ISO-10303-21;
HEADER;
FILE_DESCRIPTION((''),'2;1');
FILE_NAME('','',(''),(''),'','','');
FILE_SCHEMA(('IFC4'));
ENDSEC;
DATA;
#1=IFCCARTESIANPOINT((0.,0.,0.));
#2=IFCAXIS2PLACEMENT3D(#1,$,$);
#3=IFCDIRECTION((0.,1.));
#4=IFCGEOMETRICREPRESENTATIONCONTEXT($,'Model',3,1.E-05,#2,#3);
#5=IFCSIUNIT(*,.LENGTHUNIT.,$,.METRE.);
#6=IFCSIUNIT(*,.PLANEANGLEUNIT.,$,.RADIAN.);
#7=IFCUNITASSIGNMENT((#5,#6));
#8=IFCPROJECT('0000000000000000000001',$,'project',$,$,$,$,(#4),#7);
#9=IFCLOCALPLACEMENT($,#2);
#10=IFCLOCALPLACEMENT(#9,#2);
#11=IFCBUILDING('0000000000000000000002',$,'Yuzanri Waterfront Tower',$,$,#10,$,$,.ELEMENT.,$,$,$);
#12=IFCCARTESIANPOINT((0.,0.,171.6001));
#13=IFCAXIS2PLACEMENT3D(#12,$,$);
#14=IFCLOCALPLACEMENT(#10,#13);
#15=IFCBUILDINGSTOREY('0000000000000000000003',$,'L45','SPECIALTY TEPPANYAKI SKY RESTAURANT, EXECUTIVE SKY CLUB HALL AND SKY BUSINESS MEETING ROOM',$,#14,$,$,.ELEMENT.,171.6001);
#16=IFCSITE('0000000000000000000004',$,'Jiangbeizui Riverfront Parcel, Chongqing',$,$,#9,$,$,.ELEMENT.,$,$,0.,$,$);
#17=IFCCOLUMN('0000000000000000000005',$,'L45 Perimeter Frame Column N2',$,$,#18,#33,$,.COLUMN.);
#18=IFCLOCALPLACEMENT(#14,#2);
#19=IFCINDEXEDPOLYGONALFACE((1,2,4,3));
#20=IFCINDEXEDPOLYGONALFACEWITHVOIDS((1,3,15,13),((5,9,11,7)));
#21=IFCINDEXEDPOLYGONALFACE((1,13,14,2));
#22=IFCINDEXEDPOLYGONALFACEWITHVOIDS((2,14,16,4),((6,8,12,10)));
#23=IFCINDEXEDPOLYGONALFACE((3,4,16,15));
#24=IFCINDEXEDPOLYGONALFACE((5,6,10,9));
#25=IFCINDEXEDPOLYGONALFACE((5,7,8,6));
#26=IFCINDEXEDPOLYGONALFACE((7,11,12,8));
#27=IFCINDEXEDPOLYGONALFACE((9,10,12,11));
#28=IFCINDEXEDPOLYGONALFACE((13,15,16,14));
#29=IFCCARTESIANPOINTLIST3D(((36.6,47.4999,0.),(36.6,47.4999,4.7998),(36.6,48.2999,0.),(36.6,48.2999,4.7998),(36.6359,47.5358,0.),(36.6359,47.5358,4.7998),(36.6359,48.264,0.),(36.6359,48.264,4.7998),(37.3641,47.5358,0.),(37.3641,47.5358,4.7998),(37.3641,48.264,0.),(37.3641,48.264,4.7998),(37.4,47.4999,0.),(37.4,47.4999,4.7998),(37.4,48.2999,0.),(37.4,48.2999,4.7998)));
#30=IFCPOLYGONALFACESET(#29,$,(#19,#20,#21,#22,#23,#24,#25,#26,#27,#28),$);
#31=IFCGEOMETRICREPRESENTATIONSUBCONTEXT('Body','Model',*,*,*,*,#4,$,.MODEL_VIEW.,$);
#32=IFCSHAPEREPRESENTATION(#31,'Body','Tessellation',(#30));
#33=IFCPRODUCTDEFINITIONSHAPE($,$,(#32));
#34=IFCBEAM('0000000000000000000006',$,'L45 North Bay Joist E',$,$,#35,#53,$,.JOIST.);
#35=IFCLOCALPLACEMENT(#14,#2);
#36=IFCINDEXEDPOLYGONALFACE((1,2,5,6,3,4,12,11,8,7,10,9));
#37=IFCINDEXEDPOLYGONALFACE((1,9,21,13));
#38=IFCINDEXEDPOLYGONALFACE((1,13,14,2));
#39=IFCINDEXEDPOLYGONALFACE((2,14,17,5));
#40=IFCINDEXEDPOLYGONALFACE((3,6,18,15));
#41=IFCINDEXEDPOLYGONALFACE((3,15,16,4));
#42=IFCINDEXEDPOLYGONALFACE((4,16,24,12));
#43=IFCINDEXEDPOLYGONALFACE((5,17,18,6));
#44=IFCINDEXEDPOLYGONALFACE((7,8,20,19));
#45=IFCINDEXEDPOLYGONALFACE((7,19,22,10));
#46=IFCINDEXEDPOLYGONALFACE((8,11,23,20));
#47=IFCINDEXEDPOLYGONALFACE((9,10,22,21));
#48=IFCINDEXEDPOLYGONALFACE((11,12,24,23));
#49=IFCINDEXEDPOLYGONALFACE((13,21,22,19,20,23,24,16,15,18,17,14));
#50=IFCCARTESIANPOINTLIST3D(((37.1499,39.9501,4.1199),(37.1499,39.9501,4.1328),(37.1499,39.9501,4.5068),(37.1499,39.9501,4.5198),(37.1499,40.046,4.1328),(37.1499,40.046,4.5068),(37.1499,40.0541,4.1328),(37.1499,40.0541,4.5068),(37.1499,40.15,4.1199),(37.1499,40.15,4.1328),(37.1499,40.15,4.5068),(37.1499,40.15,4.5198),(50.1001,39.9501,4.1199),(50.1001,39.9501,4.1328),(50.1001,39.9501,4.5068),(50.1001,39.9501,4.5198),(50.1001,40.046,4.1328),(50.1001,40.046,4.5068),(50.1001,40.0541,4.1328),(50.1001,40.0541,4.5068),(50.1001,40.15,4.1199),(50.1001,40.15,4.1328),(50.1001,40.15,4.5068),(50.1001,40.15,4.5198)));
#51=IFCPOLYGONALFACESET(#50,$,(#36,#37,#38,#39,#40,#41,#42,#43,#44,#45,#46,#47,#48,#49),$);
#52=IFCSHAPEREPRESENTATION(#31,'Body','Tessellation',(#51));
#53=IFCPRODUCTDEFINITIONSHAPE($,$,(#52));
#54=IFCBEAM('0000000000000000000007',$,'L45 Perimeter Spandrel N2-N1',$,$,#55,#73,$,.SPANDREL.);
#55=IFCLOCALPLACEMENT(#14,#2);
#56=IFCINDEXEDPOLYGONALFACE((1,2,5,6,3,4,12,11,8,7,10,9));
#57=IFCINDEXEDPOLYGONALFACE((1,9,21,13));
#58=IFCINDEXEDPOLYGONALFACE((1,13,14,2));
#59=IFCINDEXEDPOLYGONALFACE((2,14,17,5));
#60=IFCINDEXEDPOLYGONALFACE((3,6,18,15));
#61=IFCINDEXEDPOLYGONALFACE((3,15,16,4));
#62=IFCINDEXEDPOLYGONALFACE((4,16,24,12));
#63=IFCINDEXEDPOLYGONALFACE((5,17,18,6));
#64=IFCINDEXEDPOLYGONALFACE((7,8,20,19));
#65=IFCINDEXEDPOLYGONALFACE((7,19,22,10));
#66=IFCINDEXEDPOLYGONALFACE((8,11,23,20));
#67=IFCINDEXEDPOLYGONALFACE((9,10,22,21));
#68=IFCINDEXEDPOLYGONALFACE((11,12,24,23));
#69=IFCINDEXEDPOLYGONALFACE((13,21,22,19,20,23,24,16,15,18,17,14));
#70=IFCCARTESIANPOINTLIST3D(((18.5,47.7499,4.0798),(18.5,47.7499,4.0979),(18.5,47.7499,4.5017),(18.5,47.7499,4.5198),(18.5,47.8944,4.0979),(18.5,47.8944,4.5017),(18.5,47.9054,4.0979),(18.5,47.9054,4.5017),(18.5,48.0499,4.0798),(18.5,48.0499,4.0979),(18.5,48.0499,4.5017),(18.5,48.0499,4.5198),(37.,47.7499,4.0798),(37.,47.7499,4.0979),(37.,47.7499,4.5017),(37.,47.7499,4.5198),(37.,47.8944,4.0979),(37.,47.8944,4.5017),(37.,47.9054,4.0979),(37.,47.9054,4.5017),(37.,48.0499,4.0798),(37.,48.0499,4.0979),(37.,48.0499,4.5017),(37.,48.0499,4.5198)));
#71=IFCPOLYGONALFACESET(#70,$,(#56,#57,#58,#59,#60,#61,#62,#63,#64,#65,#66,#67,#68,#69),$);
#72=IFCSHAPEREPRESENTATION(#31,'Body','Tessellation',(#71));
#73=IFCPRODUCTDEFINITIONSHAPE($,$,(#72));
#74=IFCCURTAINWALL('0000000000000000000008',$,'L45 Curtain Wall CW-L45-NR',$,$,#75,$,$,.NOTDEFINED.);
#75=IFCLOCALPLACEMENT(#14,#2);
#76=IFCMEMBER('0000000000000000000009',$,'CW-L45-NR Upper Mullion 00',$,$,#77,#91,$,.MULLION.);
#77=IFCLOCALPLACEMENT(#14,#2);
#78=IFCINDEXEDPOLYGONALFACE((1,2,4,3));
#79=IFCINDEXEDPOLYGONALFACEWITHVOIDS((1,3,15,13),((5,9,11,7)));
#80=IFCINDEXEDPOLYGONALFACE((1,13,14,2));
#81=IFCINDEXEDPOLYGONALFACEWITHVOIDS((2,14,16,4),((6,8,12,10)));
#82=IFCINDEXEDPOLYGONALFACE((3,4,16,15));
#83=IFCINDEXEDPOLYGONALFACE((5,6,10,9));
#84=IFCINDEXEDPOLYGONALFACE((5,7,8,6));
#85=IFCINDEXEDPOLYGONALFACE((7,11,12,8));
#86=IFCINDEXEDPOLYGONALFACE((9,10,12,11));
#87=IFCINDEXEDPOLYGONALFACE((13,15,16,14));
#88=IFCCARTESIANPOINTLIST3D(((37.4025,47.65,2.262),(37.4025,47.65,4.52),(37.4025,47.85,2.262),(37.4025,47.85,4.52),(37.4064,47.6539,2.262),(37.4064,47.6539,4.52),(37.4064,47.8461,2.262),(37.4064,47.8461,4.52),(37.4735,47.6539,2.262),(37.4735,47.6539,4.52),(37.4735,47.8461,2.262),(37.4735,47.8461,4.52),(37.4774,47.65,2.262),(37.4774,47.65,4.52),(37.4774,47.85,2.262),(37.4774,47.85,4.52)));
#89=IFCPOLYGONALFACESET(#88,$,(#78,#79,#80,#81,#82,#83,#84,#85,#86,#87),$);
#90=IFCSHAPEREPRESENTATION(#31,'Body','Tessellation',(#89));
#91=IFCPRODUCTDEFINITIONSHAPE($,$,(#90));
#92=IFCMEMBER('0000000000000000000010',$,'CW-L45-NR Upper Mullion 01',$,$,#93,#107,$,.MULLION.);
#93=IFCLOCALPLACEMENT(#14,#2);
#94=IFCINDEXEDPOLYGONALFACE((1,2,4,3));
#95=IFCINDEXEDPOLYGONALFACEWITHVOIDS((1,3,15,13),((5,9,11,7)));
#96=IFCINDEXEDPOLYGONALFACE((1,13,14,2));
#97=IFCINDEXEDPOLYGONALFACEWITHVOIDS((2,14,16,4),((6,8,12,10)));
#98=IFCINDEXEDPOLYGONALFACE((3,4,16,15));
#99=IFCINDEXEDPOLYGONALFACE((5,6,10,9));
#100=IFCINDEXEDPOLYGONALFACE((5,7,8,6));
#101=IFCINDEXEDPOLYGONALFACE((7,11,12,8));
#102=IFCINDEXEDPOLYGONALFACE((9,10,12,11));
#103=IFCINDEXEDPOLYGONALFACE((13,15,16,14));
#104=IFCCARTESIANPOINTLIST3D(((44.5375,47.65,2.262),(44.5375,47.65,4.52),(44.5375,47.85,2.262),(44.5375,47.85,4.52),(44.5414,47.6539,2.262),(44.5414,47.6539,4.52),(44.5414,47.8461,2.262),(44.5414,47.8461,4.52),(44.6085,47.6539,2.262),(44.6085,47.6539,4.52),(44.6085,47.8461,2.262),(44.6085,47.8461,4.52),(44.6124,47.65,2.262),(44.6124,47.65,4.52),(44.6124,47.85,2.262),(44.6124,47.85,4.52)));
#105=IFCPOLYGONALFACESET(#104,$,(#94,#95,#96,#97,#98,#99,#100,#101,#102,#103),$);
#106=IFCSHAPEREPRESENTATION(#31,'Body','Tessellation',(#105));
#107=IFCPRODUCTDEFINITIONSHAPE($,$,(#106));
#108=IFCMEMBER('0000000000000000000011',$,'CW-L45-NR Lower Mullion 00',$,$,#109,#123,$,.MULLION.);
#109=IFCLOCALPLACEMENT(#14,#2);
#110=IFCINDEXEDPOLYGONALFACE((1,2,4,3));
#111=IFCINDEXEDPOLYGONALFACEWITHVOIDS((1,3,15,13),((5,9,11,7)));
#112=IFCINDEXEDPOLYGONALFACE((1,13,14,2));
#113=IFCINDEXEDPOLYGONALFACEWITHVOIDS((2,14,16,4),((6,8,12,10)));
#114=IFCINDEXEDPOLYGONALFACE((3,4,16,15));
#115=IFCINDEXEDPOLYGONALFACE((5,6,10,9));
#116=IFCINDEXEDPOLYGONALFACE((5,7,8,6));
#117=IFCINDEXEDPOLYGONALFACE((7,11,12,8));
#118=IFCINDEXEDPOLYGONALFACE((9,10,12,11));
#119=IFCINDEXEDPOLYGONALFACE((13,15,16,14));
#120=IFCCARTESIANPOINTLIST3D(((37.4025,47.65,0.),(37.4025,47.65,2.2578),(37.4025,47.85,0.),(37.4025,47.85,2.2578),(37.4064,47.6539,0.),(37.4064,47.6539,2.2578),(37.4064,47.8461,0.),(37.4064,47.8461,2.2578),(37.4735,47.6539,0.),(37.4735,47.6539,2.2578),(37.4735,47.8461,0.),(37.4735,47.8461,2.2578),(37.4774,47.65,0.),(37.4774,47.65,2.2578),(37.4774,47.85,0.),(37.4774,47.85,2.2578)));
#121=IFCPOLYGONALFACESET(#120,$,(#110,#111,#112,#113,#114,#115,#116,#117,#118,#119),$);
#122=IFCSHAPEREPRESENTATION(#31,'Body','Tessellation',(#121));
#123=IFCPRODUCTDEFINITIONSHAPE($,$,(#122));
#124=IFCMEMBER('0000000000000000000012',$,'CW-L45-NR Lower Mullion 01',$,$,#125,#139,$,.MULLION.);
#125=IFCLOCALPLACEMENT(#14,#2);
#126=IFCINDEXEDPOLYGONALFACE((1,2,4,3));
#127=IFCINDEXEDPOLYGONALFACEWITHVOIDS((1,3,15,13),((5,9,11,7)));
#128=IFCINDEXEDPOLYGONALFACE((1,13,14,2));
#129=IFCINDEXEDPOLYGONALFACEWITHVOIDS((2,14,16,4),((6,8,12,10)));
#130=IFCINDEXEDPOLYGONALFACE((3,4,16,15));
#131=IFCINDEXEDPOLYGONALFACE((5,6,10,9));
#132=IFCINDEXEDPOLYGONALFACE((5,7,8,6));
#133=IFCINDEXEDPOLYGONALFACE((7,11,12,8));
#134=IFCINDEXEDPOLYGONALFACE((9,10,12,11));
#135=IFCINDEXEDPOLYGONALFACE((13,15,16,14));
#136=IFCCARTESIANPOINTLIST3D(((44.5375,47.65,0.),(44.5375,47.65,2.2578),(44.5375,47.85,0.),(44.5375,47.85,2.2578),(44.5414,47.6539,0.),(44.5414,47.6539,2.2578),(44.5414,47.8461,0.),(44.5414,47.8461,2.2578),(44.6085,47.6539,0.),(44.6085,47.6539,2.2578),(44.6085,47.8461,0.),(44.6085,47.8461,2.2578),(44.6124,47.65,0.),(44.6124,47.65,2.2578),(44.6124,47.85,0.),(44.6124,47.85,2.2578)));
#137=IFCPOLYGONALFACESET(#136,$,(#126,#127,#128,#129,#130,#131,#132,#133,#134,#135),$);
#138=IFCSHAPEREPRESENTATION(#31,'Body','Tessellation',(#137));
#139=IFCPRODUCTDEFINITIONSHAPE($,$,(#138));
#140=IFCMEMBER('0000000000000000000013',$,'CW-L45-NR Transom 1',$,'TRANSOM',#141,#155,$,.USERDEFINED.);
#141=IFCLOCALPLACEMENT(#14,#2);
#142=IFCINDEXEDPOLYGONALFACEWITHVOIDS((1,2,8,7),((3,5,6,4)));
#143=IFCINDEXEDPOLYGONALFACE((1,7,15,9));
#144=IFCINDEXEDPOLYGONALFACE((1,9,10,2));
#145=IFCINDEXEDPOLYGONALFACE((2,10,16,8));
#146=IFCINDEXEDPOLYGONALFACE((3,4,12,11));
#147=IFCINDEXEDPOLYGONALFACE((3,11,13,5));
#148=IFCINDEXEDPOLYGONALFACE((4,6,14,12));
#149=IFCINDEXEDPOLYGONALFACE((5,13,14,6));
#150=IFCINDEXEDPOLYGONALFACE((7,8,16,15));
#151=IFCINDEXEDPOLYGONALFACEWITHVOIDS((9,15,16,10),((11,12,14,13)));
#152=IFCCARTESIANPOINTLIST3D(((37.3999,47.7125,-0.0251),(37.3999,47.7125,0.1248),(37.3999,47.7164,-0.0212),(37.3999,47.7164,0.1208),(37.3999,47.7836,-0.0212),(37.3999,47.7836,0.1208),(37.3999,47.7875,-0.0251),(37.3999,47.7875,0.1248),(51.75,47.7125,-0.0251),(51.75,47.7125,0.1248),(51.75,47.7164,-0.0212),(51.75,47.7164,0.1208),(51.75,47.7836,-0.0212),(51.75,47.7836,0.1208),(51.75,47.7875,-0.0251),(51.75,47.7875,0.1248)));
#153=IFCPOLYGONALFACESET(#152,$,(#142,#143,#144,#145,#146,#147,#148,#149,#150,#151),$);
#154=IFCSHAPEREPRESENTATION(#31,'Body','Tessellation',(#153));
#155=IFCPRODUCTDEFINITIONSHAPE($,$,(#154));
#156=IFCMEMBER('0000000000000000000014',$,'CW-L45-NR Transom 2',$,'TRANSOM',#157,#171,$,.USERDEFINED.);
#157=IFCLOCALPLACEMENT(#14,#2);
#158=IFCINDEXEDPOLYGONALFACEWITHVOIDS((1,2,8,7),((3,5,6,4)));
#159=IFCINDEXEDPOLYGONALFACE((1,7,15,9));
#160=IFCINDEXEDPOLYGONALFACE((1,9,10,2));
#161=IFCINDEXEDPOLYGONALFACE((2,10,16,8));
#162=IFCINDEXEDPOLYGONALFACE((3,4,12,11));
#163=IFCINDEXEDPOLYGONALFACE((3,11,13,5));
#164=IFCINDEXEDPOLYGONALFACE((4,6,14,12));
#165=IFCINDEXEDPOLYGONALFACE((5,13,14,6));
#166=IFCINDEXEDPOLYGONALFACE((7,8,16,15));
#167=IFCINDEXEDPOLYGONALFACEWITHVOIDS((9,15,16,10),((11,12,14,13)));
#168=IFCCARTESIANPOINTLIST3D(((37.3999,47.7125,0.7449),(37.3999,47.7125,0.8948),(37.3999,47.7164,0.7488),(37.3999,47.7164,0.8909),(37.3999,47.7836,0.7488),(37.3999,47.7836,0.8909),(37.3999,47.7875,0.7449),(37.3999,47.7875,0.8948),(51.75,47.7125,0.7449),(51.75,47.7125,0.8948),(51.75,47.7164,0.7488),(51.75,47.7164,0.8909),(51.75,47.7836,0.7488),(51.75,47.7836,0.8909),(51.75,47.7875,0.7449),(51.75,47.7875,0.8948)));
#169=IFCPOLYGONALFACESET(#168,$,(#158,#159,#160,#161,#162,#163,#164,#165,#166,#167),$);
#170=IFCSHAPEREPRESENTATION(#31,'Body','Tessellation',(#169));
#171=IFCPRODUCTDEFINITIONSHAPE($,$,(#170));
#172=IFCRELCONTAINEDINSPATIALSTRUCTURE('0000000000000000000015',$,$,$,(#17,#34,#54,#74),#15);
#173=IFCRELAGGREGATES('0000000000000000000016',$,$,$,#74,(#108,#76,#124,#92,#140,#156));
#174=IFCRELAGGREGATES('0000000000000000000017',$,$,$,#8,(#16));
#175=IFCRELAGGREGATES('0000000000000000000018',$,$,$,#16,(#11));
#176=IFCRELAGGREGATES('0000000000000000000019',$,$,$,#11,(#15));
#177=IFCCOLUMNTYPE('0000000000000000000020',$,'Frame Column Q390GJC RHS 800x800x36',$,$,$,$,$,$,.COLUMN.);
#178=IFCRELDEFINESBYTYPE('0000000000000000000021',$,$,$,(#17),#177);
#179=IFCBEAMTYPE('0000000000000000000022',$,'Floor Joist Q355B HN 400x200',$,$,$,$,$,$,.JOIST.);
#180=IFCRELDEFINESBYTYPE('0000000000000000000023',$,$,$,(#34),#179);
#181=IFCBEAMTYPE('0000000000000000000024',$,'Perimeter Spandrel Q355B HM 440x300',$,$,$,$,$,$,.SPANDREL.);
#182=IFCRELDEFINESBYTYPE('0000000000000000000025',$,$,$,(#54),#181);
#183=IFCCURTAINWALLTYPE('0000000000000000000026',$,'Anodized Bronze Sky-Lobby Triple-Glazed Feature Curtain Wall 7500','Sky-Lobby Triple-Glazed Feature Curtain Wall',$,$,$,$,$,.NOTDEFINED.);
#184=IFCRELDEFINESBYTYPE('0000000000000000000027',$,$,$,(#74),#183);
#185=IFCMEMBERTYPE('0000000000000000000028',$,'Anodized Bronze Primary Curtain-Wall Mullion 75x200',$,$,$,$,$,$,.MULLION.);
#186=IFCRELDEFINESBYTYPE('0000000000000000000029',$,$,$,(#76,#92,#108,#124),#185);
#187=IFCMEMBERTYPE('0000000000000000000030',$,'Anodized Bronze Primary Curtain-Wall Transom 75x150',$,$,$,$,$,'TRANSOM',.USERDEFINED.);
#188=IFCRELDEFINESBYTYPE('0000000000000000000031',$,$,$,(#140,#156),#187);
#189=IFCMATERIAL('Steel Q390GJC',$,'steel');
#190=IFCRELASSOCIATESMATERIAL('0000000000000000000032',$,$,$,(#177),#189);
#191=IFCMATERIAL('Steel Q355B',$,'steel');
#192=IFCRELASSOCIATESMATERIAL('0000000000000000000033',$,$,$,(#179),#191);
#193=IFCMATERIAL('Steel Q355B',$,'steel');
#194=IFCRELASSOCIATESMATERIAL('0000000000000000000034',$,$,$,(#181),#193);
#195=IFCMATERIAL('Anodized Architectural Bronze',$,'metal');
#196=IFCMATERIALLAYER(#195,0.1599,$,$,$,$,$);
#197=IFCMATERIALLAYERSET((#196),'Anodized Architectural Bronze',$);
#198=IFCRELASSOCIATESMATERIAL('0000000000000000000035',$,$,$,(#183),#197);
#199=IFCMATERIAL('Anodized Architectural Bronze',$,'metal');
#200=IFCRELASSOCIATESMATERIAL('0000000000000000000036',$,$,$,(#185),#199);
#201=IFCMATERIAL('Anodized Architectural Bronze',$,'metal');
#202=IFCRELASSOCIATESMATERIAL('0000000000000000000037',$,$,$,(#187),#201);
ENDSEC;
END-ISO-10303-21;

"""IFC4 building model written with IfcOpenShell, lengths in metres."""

from ifc_helpers import new_model, si_unit, direction, frame, origin, origin_2d, place, context, subcontext, project, spatial, hollow_rectangle, i_section, extrude, source, transform, mapped, material, layer, layer_set, material_profile, profile_set, type_object, element, aggregate, save


model = new_model("IFC4")

# Units and contexts
model_context = context("Model", 3, precision=1e-05, world=origin(), true_north=direction((0.0, 1.0)))
body_context = subcontext(model_context, "Body", "Model", "MODEL_VIEW")
ifc_project = project(units=[si_unit("LENGTHUNIT", "METRE"), si_unit("PLANEANGLEUNIT", "RADIAN")], contexts=[model_context])

# Site, building, storey
site_placement = place(None, origin())
site = spatial("IfcSite", under=ifc_project, at=site_placement, Name="Jiangbeizui Riverfront Parcel, Chongqing", CompositionType="ELEMENT", RefElevation=0.0)
building_placement = place(site_placement, origin())
building = spatial("IfcBuilding", under=site, at=building_placement, Name="Yuzanri Waterfront Tower", CompositionType="ELEMENT")
storey_placement = place(building_placement, frame((0.0, 0.0, 171.6001)))
storey = spatial("IfcBuildingStorey", under=building, at=storey_placement, Name="L45", Description="SPECIALTY TEPPANYAKI SKY RESTAURANT, EXECUTIVE SKY CLUB HALL AND SKY BUSINESS MEETING ROOM", CompositionType="ELEMENT", Elevation=171.6001)

# Column
ifc_material_1 = material(Name="Steel Q390GJC", Category="steel")
ifc_material_profile_1 = material_profile(ifc_material_1, hollow_rectangle(XDim=0.8, YDim=0.8, WallThickness=0.0359, at=origin_2d()), Name="RHS 800x800x36")
ifc_profile_set_1 = profile_set([ifc_material_profile_1], Name="Steel Q390GJC")
column_type = type_object("IfcColumnType", Name="Frame Column Q390GJC RHS 800x800x36", PredefinedType="COLUMN", material=ifc_profile_set_1)
shared_shape_1 = source(origin(), body_context, "Body", "SweptSolid", [
    extrude(hollow_rectangle(XDim=0.8, YDim=0.8, WallThickness=0.0359, at=origin_2d()), origin(), (0.0, 0.0, 1.0), 4.7998),
])
column_placement = place(storey_placement, frame((37.0, 47.8999, 0.0), z_axis=(0.0, 0.0, 1.0), x_axis=(1.0, 0.0, 0.0)))
element("IfcColumn", 1, at=column_placement, inside=storey, type_object=column_type, Name="L45 Perimeter Frame Column N2", PredefinedType="COLUMN", context=body_context, shape_type="MappedRepresentation", body=[
    mapped(shared_shape_1, transform((0.0, 0.0, 0.0), scale=1.0)),
])

# Beams
ifc_material_2 = material(Name="Steel Q355B", Category="steel")
ifc_material_profile_2 = material_profile(ifc_material_2, i_section(OverallWidth=0.2, OverallDepth=0.3999, WebThickness=0.0081, FlangeThickness=0.0129, at=origin_2d()), Name="HN 400x200x8x13")
ifc_profile_set_2 = profile_set([ifc_material_profile_2], Name="Steel Q355B")
beam_type_1 = type_object("IfcBeamType", Name="Floor Joist Q355B HN 400x200", PredefinedType="JOIST", material=ifc_profile_set_2)
shared_shape_2 = source(origin(), body_context, "Body", "SweptSolid", [
    extrude(i_section(OverallWidth=0.2, OverallDepth=0.3999, WebThickness=0.0081, FlangeThickness=0.0129, at=origin_2d()), origin(), (0.0, 0.0, 1.0), 12.9502),
])
beam_1_placement = place(storey_placement, frame((37.1499, 40.05, 4.3198), z_axis=(1.0, 0.0, 0.0), x_axis=(0.0, 1.0, 0.0)))
element("IfcBeam", 2, at=beam_1_placement, inside=storey, type_object=beam_type_1, Name="L45 North Bay Joist E", PredefinedType="JOIST", context=body_context, shape_type="MappedRepresentation", body=[
    mapped(shared_shape_2, transform((0.0, 0.0, 0.0), scale=1.0)),
])
ifc_material_3 = material(Name="Steel Q355B", Category="steel")
ifc_material_profile_3 = material_profile(ifc_material_3, i_section(OverallWidth=0.3, OverallDepth=0.4399, WebThickness=0.011, FlangeThickness=0.0181, at=origin_2d()), Name="HM 440x300x11x18")
ifc_profile_set_3 = profile_set([ifc_material_profile_3], Name="Steel Q355B")
beam_type_2 = type_object("IfcBeamType", Name="Perimeter Spandrel Q355B HM 440x300", PredefinedType="SPANDREL", material=ifc_profile_set_3)
shared_shape_3 = source(origin(), body_context, "Body", "SweptSolid", [
    extrude(i_section(OverallWidth=0.3, OverallDepth=0.4399, WebThickness=0.011, FlangeThickness=0.0181, at=origin_2d()), origin(), (0.0, 0.0, 1.0), 18.5),
])
beam_2_placement = place(storey_placement, frame((37.0, 47.8999, 4.2998), z_axis=(-1.0, 0.0, 0.0), x_axis=(0.0, -1.0, 0.0)))
element("IfcBeam", 3, at=beam_2_placement, inside=storey, type_object=beam_type_2, Name="L45 Perimeter Spandrel N2-N1", PredefinedType="SPANDREL", context=body_context, shape_type="MappedRepresentation", body=[
    mapped(shared_shape_3, transform((0.0, 0.0, 0.0), scale=1.0)),
])

# Curtain wall, members
ifc_material_4 = material(Name="Anodized Architectural Bronze", Category="metal")
ifc_layer_1 = layer(ifc_material_4, 0.1599)
ifc_layer_set_1 = layer_set([ifc_layer_1], Name="Anodized Architectural Bronze")
curtain_wall_type = type_object("IfcCurtainWallType", Name="Anodized Bronze Sky-Lobby Triple-Glazed Feature Curtain Wall 7500", Description="Sky-Lobby Triple-Glazed Feature Curtain Wall", PredefinedType="NOTDEFINED", material=ifc_layer_set_1)
curtain_wall_placement = place(storey_placement, origin())
curtain_wall = element("IfcCurtainWall", 4, at=curtain_wall_placement, inside=storey, type_object=curtain_wall_type, Name="L45 Curtain Wall CW-L45-NR", PredefinedType="NOTDEFINED")
ifc_material_5 = material(Name="Anodized Architectural Bronze", Category="metal")
ifc_material_profile_4 = material_profile(ifc_material_5, hollow_rectangle(XDim=0.075, YDim=0.2, WallThickness=0.0039, at=origin_2d()), Name="CWM 75x200")
ifc_profile_set_4 = profile_set([ifc_material_profile_4], Name="Anodized Architectural Bronze")
member_type_1 = type_object("IfcMemberType", Name="Anodized Bronze Primary Curtain-Wall Mullion 75x200", PredefinedType="MULLION", material=ifc_profile_set_4)
shared_shape_4 = source(origin(), body_context, "Body", "SweptSolid", [
    extrude(hollow_rectangle(XDim=0.075, YDim=0.2, WallThickness=0.0039, at=origin_2d()), origin(), (0.0, 0.0, 1.0), 2.2581),
])
member_1_placement = place(storey_placement, frame((37.4399, 47.75, 2.262), z_axis=(0.0, 0.0, 1.0), x_axis=(1.0, 0.0, 0.0)))
member_1 = element("IfcMember", 5, at=member_1_placement, type_object=member_type_1, Name="CW-L45-NR Upper Mullion 00", PredefinedType="MULLION", context=body_context, shape_type="MappedRepresentation", body=[
    mapped(shared_shape_4, transform((0.0, 0.0, 0.0), scale=1.0)),
])
member_2_placement = place(storey_placement, frame((44.575, 47.75, 2.262), z_axis=(0.0, 0.0, 1.0), x_axis=(1.0, 0.0, 0.0)))
member_2 = element("IfcMember", 6, at=member_2_placement, type_object=member_type_1, Name="CW-L45-NR Upper Mullion 01", PredefinedType="MULLION", context=body_context, shape_type="MappedRepresentation", body=[
    mapped(shared_shape_4, transform((0.0, 0.0, 0.0), scale=1.0)),
])
shared_shape_5 = source(origin(), body_context, "Body", "SweptSolid", [
    extrude(hollow_rectangle(XDim=0.075, YDim=0.2, WallThickness=0.0039, at=origin_2d()), origin(), (0.0, 0.0, 1.0), 2.2578),
])
member_3_placement = place(storey_placement, frame((37.4399, 47.75, 0.0), z_axis=(0.0, 0.0, 1.0), x_axis=(1.0, 0.0, 0.0)))
member_3 = element("IfcMember", 7, at=member_3_placement, type_object=member_type_1, Name="CW-L45-NR Lower Mullion 00", PredefinedType="MULLION", context=body_context, shape_type="MappedRepresentation", body=[
    mapped(shared_shape_5, transform((0.0, 0.0, 0.0), scale=1.0)),
])
member_4_placement = place(storey_placement, frame((44.575, 47.75, 0.0), z_axis=(0.0, 0.0, 1.0), x_axis=(1.0, 0.0, 0.0)))
member_4 = element("IfcMember", 8, at=member_4_placement, type_object=member_type_1, Name="CW-L45-NR Lower Mullion 01", PredefinedType="MULLION", context=body_context, shape_type="MappedRepresentation", body=[
    mapped(shared_shape_5, transform((0.0, 0.0, 0.0), scale=1.0)),
])
ifc_material_6 = material(Name="Anodized Architectural Bronze", Category="metal")
ifc_material_profile_5 = material_profile(ifc_material_6, hollow_rectangle(XDim=0.075, YDim=0.1499, WallThickness=0.0039, at=origin_2d()), Name="CWT 75x150")
ifc_profile_set_5 = profile_set([ifc_material_profile_5], Name="Anodized Architectural Bronze")
member_type_2 = type_object("IfcMemberType", Name="Anodized Bronze Primary Curtain-Wall Transom 75x150", ElementType="TRANSOM", PredefinedType="USERDEFINED", material=ifc_profile_set_5)
shared_shape_6 = source(origin(), body_context, "Body", "SweptSolid", [
    extrude(hollow_rectangle(XDim=0.075, YDim=0.1499, WallThickness=0.0039, at=origin_2d()), origin(), (0.0, 0.0, 1.0), 14.3501),
])
member_5_placement = place(storey_placement, frame((37.3999, 47.75, 0.0498), z_axis=(1.0, 0.0, 0.0), x_axis=(0.0, 1.0, 0.0)))
member_5 = element("IfcMember", 9, at=member_5_placement, type_object=member_type_2, Name="CW-L45-NR Transom 1", ObjectType="TRANSOM", PredefinedType="USERDEFINED", context=body_context, shape_type="MappedRepresentation", body=[
    mapped(shared_shape_6, transform((0.0, 0.0, 0.0), scale=1.0)),
])
member_6_placement = place(storey_placement, frame((37.3999, 47.75, 0.8198), z_axis=(1.0, 0.0, 0.0), x_axis=(0.0, 1.0, 0.0)))
member_6 = element("IfcMember", 10, at=member_6_placement, type_object=member_type_2, Name="CW-L45-NR Transom 2", ObjectType="TRANSOM", PredefinedType="USERDEFINED", context=body_context, shape_type="MappedRepresentation", body=[
    mapped(shared_shape_6, transform((0.0, 0.0, 0.0), scale=1.0)),
])
aggregate(curtain_wall, [member_3, member_1, member_4, member_2, member_5, member_6])

save(model, "model.ifc")
